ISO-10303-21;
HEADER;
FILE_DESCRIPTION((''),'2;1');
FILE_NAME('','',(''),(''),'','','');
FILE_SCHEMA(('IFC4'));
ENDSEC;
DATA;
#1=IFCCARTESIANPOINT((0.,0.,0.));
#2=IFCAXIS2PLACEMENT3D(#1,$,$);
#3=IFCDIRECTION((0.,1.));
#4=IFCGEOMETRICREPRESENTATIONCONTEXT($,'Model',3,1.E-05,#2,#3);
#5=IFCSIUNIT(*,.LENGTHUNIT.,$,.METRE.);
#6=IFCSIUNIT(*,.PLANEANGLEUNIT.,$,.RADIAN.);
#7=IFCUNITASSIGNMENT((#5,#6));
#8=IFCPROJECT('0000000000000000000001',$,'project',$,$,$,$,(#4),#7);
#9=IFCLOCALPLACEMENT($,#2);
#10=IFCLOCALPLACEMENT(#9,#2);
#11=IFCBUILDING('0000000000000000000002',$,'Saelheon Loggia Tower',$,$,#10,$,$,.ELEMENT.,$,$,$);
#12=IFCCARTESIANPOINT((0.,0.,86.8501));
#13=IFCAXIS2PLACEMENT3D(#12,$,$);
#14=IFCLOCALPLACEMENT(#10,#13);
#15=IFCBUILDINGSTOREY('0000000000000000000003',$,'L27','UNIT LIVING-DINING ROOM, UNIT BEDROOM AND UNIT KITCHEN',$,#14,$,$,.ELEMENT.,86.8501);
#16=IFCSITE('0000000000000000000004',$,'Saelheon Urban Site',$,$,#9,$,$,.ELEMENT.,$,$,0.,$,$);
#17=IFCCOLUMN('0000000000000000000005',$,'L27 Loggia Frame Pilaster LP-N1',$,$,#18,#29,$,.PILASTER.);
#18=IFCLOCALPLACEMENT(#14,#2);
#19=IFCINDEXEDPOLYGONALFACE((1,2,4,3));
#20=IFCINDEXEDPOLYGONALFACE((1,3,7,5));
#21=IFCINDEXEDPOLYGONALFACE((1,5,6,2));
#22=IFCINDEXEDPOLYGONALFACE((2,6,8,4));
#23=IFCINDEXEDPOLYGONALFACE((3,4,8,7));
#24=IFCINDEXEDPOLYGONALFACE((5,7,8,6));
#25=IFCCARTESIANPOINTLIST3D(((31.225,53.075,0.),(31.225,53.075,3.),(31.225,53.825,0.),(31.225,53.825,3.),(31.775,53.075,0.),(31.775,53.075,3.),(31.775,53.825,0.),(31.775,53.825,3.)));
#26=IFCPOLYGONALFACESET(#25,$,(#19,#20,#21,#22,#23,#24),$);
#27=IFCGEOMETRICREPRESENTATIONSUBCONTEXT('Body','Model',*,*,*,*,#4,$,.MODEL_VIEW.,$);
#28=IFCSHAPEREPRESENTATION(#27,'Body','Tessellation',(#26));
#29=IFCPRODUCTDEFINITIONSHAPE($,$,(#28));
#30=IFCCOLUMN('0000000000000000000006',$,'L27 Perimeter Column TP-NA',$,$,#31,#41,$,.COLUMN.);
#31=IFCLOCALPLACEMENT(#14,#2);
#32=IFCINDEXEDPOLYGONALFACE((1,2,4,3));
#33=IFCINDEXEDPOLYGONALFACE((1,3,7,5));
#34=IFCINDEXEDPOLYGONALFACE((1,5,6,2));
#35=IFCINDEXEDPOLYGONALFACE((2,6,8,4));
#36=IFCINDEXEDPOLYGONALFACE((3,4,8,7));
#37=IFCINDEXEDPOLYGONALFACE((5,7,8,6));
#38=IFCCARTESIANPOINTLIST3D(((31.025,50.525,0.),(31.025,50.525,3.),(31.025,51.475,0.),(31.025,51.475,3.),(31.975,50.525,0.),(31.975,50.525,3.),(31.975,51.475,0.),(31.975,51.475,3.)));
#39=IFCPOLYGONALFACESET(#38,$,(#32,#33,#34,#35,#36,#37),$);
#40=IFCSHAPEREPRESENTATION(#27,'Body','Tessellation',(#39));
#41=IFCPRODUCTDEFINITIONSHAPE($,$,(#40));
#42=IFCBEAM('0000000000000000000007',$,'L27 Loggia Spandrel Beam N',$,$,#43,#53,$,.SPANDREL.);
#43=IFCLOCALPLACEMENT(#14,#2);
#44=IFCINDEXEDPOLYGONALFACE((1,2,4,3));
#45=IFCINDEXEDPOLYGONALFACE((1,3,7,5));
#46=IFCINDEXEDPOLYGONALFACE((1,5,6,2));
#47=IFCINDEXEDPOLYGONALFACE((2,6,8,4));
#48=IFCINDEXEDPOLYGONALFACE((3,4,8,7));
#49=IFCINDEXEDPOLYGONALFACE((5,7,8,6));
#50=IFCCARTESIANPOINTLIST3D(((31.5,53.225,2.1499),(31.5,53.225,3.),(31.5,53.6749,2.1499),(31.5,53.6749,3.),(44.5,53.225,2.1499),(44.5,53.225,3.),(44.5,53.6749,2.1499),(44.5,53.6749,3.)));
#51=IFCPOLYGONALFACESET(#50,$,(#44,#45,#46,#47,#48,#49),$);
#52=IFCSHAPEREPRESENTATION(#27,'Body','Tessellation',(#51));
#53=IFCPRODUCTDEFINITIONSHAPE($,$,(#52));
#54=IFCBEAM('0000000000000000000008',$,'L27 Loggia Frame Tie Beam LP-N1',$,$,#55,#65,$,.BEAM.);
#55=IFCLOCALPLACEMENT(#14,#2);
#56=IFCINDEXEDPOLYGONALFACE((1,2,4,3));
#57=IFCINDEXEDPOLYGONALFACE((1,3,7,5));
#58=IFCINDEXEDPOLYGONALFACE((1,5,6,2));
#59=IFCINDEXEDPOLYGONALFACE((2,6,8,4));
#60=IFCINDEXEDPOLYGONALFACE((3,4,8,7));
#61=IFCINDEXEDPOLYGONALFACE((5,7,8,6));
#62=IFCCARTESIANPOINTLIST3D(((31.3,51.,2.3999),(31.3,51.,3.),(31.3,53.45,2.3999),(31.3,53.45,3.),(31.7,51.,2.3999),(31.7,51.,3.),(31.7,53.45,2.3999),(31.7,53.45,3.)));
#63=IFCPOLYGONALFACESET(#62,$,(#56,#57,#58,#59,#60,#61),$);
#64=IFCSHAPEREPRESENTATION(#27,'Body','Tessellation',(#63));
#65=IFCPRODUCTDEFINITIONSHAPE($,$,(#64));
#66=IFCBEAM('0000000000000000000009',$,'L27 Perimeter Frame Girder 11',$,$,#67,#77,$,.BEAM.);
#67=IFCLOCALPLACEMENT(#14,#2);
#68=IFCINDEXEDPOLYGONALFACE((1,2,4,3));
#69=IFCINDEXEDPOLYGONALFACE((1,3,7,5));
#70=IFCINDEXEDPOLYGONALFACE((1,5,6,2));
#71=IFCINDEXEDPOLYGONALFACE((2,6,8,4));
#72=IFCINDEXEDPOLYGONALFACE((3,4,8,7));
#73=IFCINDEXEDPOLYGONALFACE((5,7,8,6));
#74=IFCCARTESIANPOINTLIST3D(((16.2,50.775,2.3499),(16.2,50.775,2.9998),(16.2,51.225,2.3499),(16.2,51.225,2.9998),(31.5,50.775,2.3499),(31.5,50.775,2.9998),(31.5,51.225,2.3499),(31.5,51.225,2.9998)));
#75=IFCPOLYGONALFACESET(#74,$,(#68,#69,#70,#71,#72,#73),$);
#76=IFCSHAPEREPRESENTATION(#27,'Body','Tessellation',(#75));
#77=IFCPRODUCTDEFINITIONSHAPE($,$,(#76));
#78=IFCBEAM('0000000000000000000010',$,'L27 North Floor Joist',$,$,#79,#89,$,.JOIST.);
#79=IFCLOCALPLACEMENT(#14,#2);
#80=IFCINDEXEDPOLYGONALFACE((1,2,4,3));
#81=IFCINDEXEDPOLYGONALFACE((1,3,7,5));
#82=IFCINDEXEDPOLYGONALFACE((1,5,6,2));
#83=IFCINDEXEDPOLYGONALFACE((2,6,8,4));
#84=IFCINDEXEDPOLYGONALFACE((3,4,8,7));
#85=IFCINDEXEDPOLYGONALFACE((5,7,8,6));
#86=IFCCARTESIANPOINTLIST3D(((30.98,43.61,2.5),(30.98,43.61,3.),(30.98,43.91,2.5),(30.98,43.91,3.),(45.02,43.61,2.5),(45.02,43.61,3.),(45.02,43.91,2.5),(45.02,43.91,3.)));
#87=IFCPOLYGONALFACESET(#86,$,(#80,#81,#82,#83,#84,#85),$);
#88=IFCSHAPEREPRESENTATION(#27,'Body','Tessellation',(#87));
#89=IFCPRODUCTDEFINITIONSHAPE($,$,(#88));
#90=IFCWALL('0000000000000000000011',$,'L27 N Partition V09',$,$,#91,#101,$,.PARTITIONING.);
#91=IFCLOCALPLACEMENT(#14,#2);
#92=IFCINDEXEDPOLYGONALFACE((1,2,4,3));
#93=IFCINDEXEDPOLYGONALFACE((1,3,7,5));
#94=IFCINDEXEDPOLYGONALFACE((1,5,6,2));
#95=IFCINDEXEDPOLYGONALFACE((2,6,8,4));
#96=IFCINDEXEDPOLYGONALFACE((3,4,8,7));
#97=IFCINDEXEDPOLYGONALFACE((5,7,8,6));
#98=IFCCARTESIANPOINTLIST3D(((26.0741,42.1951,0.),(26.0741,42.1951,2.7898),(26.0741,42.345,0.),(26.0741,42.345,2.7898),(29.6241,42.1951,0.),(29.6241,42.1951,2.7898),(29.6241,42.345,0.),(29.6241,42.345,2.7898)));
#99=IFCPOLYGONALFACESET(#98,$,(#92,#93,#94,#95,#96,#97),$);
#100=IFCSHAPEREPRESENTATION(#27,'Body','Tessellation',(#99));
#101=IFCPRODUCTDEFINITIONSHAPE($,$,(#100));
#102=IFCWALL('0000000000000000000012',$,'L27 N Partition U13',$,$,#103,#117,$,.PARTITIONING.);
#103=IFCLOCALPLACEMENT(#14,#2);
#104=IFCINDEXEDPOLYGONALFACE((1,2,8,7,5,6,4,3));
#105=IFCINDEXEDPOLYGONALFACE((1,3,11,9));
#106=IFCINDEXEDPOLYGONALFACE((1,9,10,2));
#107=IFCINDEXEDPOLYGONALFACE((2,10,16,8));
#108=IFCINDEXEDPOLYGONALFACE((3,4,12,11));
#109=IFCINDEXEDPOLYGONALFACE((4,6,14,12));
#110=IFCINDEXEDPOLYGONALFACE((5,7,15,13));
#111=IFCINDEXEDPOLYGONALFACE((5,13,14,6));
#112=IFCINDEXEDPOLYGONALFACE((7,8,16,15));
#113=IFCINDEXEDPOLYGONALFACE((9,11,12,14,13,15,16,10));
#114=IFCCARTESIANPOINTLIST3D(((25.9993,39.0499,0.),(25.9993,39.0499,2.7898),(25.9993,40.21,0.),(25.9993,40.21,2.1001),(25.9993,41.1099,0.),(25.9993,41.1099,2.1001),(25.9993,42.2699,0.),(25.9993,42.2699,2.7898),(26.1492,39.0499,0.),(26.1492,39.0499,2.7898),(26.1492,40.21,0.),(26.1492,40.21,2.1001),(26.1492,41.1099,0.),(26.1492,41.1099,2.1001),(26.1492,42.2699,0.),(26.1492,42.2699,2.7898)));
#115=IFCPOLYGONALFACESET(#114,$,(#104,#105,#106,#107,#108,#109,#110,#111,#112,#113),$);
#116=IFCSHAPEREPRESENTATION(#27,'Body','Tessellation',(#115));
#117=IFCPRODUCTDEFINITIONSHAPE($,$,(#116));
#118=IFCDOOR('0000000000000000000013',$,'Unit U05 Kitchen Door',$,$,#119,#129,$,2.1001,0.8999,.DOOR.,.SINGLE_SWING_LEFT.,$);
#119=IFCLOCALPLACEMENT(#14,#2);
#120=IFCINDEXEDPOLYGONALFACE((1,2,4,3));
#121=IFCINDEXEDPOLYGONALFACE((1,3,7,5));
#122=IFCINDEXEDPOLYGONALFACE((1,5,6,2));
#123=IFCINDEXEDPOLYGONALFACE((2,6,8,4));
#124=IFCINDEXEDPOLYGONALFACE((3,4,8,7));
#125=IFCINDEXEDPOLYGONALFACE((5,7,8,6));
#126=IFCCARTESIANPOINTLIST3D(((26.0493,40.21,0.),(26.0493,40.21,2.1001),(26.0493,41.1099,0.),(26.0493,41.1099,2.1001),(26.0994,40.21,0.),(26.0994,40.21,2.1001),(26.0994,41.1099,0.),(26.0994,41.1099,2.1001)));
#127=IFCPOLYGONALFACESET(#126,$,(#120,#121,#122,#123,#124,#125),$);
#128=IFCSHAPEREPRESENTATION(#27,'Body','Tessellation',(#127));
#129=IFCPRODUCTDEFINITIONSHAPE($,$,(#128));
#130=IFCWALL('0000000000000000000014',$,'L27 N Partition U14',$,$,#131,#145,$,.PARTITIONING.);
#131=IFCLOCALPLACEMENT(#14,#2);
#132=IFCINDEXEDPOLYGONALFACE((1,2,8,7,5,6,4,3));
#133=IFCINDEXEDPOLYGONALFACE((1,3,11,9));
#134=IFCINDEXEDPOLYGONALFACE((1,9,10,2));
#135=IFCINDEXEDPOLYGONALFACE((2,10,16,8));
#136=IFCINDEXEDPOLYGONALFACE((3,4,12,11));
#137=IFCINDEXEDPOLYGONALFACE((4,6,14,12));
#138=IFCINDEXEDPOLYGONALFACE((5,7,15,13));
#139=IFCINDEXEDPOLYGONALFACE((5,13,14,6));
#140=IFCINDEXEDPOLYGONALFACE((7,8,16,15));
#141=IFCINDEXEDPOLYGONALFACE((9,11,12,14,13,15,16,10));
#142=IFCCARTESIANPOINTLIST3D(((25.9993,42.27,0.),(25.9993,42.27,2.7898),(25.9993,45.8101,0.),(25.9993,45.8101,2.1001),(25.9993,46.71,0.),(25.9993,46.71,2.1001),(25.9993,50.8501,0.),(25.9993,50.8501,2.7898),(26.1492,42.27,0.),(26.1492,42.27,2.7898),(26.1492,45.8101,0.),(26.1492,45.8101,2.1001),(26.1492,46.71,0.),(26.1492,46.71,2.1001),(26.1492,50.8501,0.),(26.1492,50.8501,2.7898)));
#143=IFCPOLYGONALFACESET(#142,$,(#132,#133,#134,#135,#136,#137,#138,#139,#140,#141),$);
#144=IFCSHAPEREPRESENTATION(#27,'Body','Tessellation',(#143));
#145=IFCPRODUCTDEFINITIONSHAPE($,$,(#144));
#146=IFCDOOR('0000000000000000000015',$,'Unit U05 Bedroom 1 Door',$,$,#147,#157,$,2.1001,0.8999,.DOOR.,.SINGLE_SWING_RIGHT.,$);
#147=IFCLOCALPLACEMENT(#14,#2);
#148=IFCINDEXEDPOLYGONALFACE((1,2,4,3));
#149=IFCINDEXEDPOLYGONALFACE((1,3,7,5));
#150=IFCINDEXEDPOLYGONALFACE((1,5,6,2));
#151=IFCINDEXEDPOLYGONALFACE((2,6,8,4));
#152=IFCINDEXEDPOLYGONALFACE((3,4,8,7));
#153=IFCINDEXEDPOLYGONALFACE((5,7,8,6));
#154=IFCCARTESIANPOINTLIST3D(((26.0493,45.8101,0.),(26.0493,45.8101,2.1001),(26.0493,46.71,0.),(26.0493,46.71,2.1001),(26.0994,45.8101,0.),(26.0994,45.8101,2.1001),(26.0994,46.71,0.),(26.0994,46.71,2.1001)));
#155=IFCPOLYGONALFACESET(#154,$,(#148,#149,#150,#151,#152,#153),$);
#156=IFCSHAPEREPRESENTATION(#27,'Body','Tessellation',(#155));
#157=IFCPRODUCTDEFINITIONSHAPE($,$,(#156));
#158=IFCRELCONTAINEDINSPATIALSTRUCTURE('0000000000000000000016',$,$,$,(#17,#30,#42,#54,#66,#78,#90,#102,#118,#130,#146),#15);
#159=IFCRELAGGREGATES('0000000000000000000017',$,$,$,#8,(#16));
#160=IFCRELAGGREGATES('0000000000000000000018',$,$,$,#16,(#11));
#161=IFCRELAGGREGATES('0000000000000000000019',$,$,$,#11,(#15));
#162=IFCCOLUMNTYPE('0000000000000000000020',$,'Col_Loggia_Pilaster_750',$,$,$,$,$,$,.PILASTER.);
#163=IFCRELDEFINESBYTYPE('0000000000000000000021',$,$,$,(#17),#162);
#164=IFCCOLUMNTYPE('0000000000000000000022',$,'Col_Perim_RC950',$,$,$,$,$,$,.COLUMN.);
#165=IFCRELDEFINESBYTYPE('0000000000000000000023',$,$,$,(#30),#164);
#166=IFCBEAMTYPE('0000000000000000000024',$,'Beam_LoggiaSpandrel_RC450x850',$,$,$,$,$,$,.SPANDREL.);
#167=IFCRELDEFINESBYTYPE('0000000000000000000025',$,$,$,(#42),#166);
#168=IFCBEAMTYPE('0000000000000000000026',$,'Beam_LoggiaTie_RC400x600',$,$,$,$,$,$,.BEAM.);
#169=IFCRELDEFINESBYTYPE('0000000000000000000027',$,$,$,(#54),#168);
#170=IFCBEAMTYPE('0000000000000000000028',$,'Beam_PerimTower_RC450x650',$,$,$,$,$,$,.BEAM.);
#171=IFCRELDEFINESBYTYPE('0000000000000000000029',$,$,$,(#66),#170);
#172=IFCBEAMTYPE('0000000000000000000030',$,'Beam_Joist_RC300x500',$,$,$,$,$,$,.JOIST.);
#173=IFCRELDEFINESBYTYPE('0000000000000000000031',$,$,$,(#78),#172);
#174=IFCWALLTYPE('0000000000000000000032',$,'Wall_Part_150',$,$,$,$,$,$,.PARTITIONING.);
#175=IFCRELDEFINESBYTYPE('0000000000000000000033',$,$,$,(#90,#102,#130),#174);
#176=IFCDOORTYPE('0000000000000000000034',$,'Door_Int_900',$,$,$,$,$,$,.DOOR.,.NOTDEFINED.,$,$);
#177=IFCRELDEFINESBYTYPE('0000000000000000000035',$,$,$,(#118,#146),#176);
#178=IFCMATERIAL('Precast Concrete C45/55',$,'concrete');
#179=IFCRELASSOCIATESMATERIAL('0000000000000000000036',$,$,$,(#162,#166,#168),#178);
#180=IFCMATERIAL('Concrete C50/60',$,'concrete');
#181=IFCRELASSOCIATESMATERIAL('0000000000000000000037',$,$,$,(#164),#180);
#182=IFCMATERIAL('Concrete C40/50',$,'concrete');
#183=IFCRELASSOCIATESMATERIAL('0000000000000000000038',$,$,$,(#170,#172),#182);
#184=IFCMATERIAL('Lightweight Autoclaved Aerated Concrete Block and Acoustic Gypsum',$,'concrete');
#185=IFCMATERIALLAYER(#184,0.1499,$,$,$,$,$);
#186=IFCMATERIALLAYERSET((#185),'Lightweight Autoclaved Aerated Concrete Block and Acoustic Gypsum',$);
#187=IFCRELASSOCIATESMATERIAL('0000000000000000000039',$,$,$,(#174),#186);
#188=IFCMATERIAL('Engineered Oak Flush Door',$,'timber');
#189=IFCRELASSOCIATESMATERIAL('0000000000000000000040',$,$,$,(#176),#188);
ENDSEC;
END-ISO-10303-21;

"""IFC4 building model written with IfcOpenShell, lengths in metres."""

from ifc_helpers import new_model, si_unit, direction, frame, frame_2d, origin, origin_2d, place, context, subcontext, project, spatial, rectangle, extrude, source, transform, mapped, material, layer, layer_set, material_profile, profile_set, type_object, element, fill, save


model = new_model("IFC4")

# Units and contexts
model_context = context("Model", 3, precision=1e-05, world=origin(), true_north=direction((0.0, 1.0)))
body_context = subcontext(model_context, "Body", "Model", "MODEL_VIEW")
ifc_project = project(units=[si_unit("LENGTHUNIT", "METRE"), si_unit("PLANEANGLEUNIT", "RADIAN")], contexts=[model_context])

# Site, building, storey
site_placement = place(None, origin())
site = spatial("IfcSite", under=ifc_project, at=site_placement, Name="Saelheon Urban Site", CompositionType="ELEMENT", RefElevation=0.0)
building_placement = place(site_placement, origin())
building = spatial("IfcBuilding", under=site, at=building_placement, Name="Saelheon Loggia Tower", CompositionType="ELEMENT")
storey_placement = place(building_placement, frame((0.0, 0.0, 86.8501)))
storey = spatial("IfcBuildingStorey", under=building, at=storey_placement, Name="L27", Description="UNIT LIVING-DINING ROOM, UNIT BEDROOM AND UNIT KITCHEN", CompositionType="ELEMENT", Elevation=86.8501)

# Columns
ifc_material_1 = material(Name="Precast Concrete C45/55", Category="concrete")
ifc_material_profile_1 = material_profile(ifc_material_1, rectangle(XDim=0.55, YDim=0.75, at=origin_2d()), Name="RC-550x750")
ifc_profile_set_1 = profile_set([ifc_material_profile_1], Name="Precast Concrete C45/55")
column_type_1 = type_object("IfcColumnType", Name="Col_Loggia_Pilaster_750", PredefinedType="PILASTER", material=ifc_profile_set_1)
shared_shape_1 = source(origin(), body_context, "Body", "SweptSolid", [
    extrude(rectangle(XDim=0.55, YDim=0.75, at=origin_2d()), origin(), (0.0, 0.0, 1.0), 3.0),
])
column_1_placement = place(storey_placement, frame((31.5, 53.45, 0.0), z_axis=(0.0, 0.0, 1.0), x_axis=(1.0, 0.0, 0.0)))
element("IfcColumn", 1, at=column_1_placement, inside=storey, type_object=column_type_1, Name="L27 Loggia Frame Pilaster LP-N1", PredefinedType="PILASTER", context=body_context, shape_type="MappedRepresentation", body=[
    mapped(shared_shape_1, transform((0.0, 0.0, 0.0), scale=1.0)),
])
ifc_material_2 = material(Name="Concrete C50/60", Category="concrete")
ifc_material_profile_2 = material_profile(ifc_material_2, rectangle(XDim=0.95, YDim=0.95, at=origin_2d()), Name="RC-950x950")
ifc_profile_set_2 = profile_set([ifc_material_profile_2], Name="Concrete C50/60")
column_type_2 = type_object("IfcColumnType", Name="Col_Perim_RC950", PredefinedType="COLUMN", material=ifc_profile_set_2)
shared_shape_2 = source(origin(), body_context, "Body", "SweptSolid", [
    extrude(rectangle(XDim=0.95, YDim=0.95, at=origin_2d()), origin(), (0.0, 0.0, 1.0), 3.0),
])
column_2_placement = place(storey_placement, frame((31.5, 51.0, 0.0), z_axis=(0.0, 0.0, 1.0), x_axis=(1.0, 0.0, 0.0)))
element("IfcColumn", 2, at=column_2_placement, inside=storey, type_object=column_type_2, Name="L27 Perimeter Column TP-NA", PredefinedType="COLUMN", context=body_context, shape_type="MappedRepresentation", body=[
    mapped(shared_shape_2, transform((0.0, 0.0, 0.0), scale=1.0)),
])

# Beams
ifc_material_profile_3 = material_profile(ifc_material_1, rectangle(XDim=0.45, YDim=0.8501, at=origin_2d()), Name="RC-450x850")
ifc_profile_set_3 = profile_set([ifc_material_profile_3], Name="Precast Concrete C45/55")
beam_type_1 = type_object("IfcBeamType", Name="Beam_LoggiaSpandrel_RC450x850", PredefinedType="SPANDREL", material=ifc_profile_set_3)
shared_shape_3 = source(origin(), body_context, "Body", "SweptSolid", [
    extrude(rectangle(XDim=0.45, YDim=0.8501, at=origin_2d()), origin(), (0.0, 0.0, 1.0), 13.0),
])
beam_1_placement = place(storey_placement, frame((31.5, 53.45, 2.575), z_axis=(1.0, 0.0, 0.0), x_axis=(0.0, 1.0, 0.0)))
element("IfcBeam", 3, at=beam_1_placement, inside=storey, type_object=beam_type_1, Name="L27 Loggia Spandrel Beam N", PredefinedType="SPANDREL", context=body_context, shape_type="MappedRepresentation", body=[
    mapped(shared_shape_3, transform((0.0, 0.0, 0.0), scale=1.0)),
])
ifc_material_profile_4 = material_profile(ifc_material_1, rectangle(XDim=0.3999, YDim=0.6001, at=origin_2d()), Name="RC-400x600")
ifc_profile_set_4 = profile_set([ifc_material_profile_4], Name="Precast Concrete C45/55")
beam_type_2 = type_object("IfcBeamType", Name="Beam_LoggiaTie_RC400x600", PredefinedType="BEAM", material=ifc_profile_set_4)
shared_shape_4 = source(origin(), body_context, "Body", "SweptSolid", [
    extrude(rectangle(XDim=0.3999, YDim=0.6001, at=origin_2d()), origin(), (0.0, 0.0, 1.0), 2.45),
])
beam_2_placement = place(storey_placement, frame((31.5, 51.0, 2.7), z_axis=(0.0, 1.0, 0.0), x_axis=(-1.0, 0.0, 0.0)))
element("IfcBeam", 4, at=beam_2_placement, inside=storey, type_object=beam_type_2, Name="L27 Loggia Frame Tie Beam LP-N1", PredefinedType="BEAM", context=body_context, shape_type="MappedRepresentation", body=[
    mapped(shared_shape_4, transform((0.0, 0.0, 0.0), scale=1.0)),
])
ifc_material_3 = material(Name="Concrete C40/50", Category="concrete")
ifc_material_profile_5 = material_profile(ifc_material_3, rectangle(XDim=0.45, YDim=0.6499, at=origin_2d()), Name="RC-450x650")
ifc_profile_set_5 = profile_set([ifc_material_profile_5], Name="Concrete C40/50")
beam_type_3 = type_object("IfcBeamType", Name="Beam_PerimTower_RC450x650", PredefinedType="BEAM", material=ifc_profile_set_5)
shared_shape_5 = source(origin(), body_context, "Body", "SweptSolid", [
    extrude(rectangle(XDim=0.45, YDim=0.6499, at=origin_2d()), origin(), (0.0, 0.0, 1.0), 15.3),
])
beam_3_placement = place(storey_placement, frame((31.5, 51.0, 2.6748), z_axis=(-1.0, 0.0, 0.0), x_axis=(0.0, -1.0, 0.0)))
element("IfcBeam", 5, at=beam_3_placement, inside=storey, type_object=beam_type_3, Name="L27 Perimeter Frame Girder 11", PredefinedType="BEAM", context=body_context, shape_type="MappedRepresentation", body=[
    mapped(shared_shape_5, transform((0.0, 0.0, 0.0), scale=1.0)),
])
ifc_material_profile_6 = material_profile(ifc_material_3, rectangle(XDim=0.3, YDim=0.5, at=origin_2d()), Name="RC-300x500")
ifc_profile_set_6 = profile_set([ifc_material_profile_6], Name="Concrete C40/50")
beam_type_4 = type_object("IfcBeamType", Name="Beam_Joist_RC300x500", PredefinedType="JOIST", material=ifc_profile_set_6)
shared_shape_6 = source(origin(), body_context, "Body", "SweptSolid", [
    extrude(rectangle(XDim=0.3, YDim=0.5, at=origin_2d()), origin(), (0.0, 0.0, 1.0), 14.04),
])
beam_4_placement = place(storey_placement, frame((30.98, 43.76, 2.75), z_axis=(1.0, 0.0, 0.0), x_axis=(0.0, 1.0, 0.0)))
element("IfcBeam", 6, at=beam_4_placement, inside=storey, type_object=beam_type_4, Name="L27 North Floor Joist", PredefinedType="JOIST", context=body_context, shape_type="MappedRepresentation", body=[
    mapped(shared_shape_6, transform((0.0, 0.0, 0.0), scale=1.0)),
])

# Wall
ifc_material_4 = material(Name="Lightweight Autoclaved Aerated Concrete Block and Acoustic Gypsum", Category="concrete")
ifc_layer_1 = layer(ifc_material_4, 0.1499)
ifc_layer_set_1 = layer_set([ifc_layer_1], Name="Lightweight Autoclaved Aerated Concrete Block and Acoustic Gypsum")
wall_type_1 = type_object("IfcWallType", Name="Wall_Part_150", PredefinedType="PARTITIONING", material=ifc_layer_set_1)
wall_1_placement = place(storey_placement, frame((26.0742, 42.27, 0.0), z_axis=(0.0, 0.0, 1.0), x_axis=(1.0, 0.0, 0.0)))
element("IfcWall", 7, at=wall_1_placement, inside=storey, type_object=wall_type_1, Name="L27 N Partition V09", PredefinedType="PARTITIONING", context=body_context, shape_type="SweptSolid", body=[
    extrude(rectangle(XDim=3.55, YDim=0.1499, at=frame_2d((1.7749, 0.0))), origin(), (0.0, 0.0, 1.0), 2.7898),
])

# Walls, openings, doors
wall_2_placement = place(storey_placement, frame((26.0742, 39.05, 0.0), z_axis=(0.0, 0.0, 1.0), x_axis=(0.0, 1.0, 0.0)))
wall_2 = element("IfcWall", 8, at=wall_2_placement, inside=storey, type_object=wall_type_1, Name="L27 N Partition U13", PredefinedType="PARTITIONING", context=body_context, shape_type="SweptSolid", body=[
    extrude(rectangle(XDim=3.22, YDim=0.1499, at=frame_2d((1.6099, 0.0))), origin(), (0.0, 0.0, 1.0), 2.7898),
])
opening_1_placement = place(wall_2_placement, frame((1.1599, 0.0, 0.0)))
opening_1 = element("IfcOpeningElement", 9, at=opening_1_placement, cuts=wall_2, PredefinedType="OPENING", context=body_context, shape_type="SweptSolid", body=[
    extrude(rectangle(XDim=0.8999, YDim=2.1001, at=frame_2d((0.45, 1.05))), frame((0.0, 0.0869, 0.0), z_axis=(0.0, -1.0, 0.0), x_axis=(1.0, 0.0, 0.0)), (0.0, 0.0, 1.0), 0.1738),
])
ifc_material_5 = material(Name="Engineered Oak Flush Door", Category="timber")
door_type_1 = type_object("IfcDoorType", Name="Door_Int_900", OperationType="NOTDEFINED", PredefinedType="DOOR", material=ifc_material_5)
shared_shape_7 = source(origin(), body_context, "Body", "SweptSolid", [
    extrude(rectangle(XDim=0.8999, YDim=2.1001, at=frame_2d((0.45, 1.05))), frame((0.0, 0.0249, 0.0), z_axis=(0.0, -1.0, 0.0), x_axis=(1.0, 0.0, 0.0)), (0.0, 0.0, 1.0), 0.05),
])
door_1_placement = place(opening_1_placement, origin())
door_1 = element("IfcDoor", 10, at=door_1_placement, inside=storey, type_object=door_type_1, Name="Unit U05 Kitchen Door", OperationType="SINGLE_SWING_LEFT", OverallHeight=2.1001, OverallWidth=0.8999, PredefinedType="DOOR", context=body_context, shape_type="MappedRepresentation", body=[
    mapped(shared_shape_7, transform((0.0, 0.0, 0.0), scale=1.0)),
])
fill(opening_1, door_1)
wall_3_placement = place(storey_placement, frame((26.0742, 42.27, 0.0), z_axis=(0.0, 0.0, 1.0), x_axis=(0.0, 1.0, 0.0)))
wall_3 = element("IfcWall", 11, at=wall_3_placement, inside=storey, type_object=wall_type_1, Name="L27 N Partition U14", PredefinedType="PARTITIONING", context=body_context, shape_type="SweptSolid", body=[
    extrude(rectangle(XDim=8.5801, YDim=0.1499, at=frame_2d((4.29, 0.0))), origin(), (0.0, 0.0, 1.0), 2.7898),
])
opening_2_placement = place(wall_3_placement, frame((3.54, 0.0, 0.0)))
opening_2 = element("IfcOpeningElement", 12, at=opening_2_placement, cuts=wall_3, PredefinedType="OPENING", context=body_context, shape_type="SweptSolid", body=[
    extrude(rectangle(XDim=0.8999, YDim=2.1001, at=frame_2d((0.45, 1.05))), frame((0.0, 0.0869, 0.0), z_axis=(0.0, -1.0, 0.0), x_axis=(1.0, 0.0, 0.0)), (0.0, 0.0, 1.0), 0.1738),
])
door_2_placement = place(opening_2_placement, origin())
door_2 = element("IfcDoor", 13, at=door_2_placement, inside=storey, type_object=door_type_1, Name="Unit U05 Bedroom 1 Door", OperationType="SINGLE_SWING_RIGHT", OverallHeight=2.1001, OverallWidth=0.8999, PredefinedType="DOOR", context=body_context, shape_type="MappedRepresentation", body=[
    mapped(shared_shape_7, transform((0.0, 0.0, 0.0), scale=1.0)),
])
fill(opening_2, door_2)

save(model, "model.ifc")
